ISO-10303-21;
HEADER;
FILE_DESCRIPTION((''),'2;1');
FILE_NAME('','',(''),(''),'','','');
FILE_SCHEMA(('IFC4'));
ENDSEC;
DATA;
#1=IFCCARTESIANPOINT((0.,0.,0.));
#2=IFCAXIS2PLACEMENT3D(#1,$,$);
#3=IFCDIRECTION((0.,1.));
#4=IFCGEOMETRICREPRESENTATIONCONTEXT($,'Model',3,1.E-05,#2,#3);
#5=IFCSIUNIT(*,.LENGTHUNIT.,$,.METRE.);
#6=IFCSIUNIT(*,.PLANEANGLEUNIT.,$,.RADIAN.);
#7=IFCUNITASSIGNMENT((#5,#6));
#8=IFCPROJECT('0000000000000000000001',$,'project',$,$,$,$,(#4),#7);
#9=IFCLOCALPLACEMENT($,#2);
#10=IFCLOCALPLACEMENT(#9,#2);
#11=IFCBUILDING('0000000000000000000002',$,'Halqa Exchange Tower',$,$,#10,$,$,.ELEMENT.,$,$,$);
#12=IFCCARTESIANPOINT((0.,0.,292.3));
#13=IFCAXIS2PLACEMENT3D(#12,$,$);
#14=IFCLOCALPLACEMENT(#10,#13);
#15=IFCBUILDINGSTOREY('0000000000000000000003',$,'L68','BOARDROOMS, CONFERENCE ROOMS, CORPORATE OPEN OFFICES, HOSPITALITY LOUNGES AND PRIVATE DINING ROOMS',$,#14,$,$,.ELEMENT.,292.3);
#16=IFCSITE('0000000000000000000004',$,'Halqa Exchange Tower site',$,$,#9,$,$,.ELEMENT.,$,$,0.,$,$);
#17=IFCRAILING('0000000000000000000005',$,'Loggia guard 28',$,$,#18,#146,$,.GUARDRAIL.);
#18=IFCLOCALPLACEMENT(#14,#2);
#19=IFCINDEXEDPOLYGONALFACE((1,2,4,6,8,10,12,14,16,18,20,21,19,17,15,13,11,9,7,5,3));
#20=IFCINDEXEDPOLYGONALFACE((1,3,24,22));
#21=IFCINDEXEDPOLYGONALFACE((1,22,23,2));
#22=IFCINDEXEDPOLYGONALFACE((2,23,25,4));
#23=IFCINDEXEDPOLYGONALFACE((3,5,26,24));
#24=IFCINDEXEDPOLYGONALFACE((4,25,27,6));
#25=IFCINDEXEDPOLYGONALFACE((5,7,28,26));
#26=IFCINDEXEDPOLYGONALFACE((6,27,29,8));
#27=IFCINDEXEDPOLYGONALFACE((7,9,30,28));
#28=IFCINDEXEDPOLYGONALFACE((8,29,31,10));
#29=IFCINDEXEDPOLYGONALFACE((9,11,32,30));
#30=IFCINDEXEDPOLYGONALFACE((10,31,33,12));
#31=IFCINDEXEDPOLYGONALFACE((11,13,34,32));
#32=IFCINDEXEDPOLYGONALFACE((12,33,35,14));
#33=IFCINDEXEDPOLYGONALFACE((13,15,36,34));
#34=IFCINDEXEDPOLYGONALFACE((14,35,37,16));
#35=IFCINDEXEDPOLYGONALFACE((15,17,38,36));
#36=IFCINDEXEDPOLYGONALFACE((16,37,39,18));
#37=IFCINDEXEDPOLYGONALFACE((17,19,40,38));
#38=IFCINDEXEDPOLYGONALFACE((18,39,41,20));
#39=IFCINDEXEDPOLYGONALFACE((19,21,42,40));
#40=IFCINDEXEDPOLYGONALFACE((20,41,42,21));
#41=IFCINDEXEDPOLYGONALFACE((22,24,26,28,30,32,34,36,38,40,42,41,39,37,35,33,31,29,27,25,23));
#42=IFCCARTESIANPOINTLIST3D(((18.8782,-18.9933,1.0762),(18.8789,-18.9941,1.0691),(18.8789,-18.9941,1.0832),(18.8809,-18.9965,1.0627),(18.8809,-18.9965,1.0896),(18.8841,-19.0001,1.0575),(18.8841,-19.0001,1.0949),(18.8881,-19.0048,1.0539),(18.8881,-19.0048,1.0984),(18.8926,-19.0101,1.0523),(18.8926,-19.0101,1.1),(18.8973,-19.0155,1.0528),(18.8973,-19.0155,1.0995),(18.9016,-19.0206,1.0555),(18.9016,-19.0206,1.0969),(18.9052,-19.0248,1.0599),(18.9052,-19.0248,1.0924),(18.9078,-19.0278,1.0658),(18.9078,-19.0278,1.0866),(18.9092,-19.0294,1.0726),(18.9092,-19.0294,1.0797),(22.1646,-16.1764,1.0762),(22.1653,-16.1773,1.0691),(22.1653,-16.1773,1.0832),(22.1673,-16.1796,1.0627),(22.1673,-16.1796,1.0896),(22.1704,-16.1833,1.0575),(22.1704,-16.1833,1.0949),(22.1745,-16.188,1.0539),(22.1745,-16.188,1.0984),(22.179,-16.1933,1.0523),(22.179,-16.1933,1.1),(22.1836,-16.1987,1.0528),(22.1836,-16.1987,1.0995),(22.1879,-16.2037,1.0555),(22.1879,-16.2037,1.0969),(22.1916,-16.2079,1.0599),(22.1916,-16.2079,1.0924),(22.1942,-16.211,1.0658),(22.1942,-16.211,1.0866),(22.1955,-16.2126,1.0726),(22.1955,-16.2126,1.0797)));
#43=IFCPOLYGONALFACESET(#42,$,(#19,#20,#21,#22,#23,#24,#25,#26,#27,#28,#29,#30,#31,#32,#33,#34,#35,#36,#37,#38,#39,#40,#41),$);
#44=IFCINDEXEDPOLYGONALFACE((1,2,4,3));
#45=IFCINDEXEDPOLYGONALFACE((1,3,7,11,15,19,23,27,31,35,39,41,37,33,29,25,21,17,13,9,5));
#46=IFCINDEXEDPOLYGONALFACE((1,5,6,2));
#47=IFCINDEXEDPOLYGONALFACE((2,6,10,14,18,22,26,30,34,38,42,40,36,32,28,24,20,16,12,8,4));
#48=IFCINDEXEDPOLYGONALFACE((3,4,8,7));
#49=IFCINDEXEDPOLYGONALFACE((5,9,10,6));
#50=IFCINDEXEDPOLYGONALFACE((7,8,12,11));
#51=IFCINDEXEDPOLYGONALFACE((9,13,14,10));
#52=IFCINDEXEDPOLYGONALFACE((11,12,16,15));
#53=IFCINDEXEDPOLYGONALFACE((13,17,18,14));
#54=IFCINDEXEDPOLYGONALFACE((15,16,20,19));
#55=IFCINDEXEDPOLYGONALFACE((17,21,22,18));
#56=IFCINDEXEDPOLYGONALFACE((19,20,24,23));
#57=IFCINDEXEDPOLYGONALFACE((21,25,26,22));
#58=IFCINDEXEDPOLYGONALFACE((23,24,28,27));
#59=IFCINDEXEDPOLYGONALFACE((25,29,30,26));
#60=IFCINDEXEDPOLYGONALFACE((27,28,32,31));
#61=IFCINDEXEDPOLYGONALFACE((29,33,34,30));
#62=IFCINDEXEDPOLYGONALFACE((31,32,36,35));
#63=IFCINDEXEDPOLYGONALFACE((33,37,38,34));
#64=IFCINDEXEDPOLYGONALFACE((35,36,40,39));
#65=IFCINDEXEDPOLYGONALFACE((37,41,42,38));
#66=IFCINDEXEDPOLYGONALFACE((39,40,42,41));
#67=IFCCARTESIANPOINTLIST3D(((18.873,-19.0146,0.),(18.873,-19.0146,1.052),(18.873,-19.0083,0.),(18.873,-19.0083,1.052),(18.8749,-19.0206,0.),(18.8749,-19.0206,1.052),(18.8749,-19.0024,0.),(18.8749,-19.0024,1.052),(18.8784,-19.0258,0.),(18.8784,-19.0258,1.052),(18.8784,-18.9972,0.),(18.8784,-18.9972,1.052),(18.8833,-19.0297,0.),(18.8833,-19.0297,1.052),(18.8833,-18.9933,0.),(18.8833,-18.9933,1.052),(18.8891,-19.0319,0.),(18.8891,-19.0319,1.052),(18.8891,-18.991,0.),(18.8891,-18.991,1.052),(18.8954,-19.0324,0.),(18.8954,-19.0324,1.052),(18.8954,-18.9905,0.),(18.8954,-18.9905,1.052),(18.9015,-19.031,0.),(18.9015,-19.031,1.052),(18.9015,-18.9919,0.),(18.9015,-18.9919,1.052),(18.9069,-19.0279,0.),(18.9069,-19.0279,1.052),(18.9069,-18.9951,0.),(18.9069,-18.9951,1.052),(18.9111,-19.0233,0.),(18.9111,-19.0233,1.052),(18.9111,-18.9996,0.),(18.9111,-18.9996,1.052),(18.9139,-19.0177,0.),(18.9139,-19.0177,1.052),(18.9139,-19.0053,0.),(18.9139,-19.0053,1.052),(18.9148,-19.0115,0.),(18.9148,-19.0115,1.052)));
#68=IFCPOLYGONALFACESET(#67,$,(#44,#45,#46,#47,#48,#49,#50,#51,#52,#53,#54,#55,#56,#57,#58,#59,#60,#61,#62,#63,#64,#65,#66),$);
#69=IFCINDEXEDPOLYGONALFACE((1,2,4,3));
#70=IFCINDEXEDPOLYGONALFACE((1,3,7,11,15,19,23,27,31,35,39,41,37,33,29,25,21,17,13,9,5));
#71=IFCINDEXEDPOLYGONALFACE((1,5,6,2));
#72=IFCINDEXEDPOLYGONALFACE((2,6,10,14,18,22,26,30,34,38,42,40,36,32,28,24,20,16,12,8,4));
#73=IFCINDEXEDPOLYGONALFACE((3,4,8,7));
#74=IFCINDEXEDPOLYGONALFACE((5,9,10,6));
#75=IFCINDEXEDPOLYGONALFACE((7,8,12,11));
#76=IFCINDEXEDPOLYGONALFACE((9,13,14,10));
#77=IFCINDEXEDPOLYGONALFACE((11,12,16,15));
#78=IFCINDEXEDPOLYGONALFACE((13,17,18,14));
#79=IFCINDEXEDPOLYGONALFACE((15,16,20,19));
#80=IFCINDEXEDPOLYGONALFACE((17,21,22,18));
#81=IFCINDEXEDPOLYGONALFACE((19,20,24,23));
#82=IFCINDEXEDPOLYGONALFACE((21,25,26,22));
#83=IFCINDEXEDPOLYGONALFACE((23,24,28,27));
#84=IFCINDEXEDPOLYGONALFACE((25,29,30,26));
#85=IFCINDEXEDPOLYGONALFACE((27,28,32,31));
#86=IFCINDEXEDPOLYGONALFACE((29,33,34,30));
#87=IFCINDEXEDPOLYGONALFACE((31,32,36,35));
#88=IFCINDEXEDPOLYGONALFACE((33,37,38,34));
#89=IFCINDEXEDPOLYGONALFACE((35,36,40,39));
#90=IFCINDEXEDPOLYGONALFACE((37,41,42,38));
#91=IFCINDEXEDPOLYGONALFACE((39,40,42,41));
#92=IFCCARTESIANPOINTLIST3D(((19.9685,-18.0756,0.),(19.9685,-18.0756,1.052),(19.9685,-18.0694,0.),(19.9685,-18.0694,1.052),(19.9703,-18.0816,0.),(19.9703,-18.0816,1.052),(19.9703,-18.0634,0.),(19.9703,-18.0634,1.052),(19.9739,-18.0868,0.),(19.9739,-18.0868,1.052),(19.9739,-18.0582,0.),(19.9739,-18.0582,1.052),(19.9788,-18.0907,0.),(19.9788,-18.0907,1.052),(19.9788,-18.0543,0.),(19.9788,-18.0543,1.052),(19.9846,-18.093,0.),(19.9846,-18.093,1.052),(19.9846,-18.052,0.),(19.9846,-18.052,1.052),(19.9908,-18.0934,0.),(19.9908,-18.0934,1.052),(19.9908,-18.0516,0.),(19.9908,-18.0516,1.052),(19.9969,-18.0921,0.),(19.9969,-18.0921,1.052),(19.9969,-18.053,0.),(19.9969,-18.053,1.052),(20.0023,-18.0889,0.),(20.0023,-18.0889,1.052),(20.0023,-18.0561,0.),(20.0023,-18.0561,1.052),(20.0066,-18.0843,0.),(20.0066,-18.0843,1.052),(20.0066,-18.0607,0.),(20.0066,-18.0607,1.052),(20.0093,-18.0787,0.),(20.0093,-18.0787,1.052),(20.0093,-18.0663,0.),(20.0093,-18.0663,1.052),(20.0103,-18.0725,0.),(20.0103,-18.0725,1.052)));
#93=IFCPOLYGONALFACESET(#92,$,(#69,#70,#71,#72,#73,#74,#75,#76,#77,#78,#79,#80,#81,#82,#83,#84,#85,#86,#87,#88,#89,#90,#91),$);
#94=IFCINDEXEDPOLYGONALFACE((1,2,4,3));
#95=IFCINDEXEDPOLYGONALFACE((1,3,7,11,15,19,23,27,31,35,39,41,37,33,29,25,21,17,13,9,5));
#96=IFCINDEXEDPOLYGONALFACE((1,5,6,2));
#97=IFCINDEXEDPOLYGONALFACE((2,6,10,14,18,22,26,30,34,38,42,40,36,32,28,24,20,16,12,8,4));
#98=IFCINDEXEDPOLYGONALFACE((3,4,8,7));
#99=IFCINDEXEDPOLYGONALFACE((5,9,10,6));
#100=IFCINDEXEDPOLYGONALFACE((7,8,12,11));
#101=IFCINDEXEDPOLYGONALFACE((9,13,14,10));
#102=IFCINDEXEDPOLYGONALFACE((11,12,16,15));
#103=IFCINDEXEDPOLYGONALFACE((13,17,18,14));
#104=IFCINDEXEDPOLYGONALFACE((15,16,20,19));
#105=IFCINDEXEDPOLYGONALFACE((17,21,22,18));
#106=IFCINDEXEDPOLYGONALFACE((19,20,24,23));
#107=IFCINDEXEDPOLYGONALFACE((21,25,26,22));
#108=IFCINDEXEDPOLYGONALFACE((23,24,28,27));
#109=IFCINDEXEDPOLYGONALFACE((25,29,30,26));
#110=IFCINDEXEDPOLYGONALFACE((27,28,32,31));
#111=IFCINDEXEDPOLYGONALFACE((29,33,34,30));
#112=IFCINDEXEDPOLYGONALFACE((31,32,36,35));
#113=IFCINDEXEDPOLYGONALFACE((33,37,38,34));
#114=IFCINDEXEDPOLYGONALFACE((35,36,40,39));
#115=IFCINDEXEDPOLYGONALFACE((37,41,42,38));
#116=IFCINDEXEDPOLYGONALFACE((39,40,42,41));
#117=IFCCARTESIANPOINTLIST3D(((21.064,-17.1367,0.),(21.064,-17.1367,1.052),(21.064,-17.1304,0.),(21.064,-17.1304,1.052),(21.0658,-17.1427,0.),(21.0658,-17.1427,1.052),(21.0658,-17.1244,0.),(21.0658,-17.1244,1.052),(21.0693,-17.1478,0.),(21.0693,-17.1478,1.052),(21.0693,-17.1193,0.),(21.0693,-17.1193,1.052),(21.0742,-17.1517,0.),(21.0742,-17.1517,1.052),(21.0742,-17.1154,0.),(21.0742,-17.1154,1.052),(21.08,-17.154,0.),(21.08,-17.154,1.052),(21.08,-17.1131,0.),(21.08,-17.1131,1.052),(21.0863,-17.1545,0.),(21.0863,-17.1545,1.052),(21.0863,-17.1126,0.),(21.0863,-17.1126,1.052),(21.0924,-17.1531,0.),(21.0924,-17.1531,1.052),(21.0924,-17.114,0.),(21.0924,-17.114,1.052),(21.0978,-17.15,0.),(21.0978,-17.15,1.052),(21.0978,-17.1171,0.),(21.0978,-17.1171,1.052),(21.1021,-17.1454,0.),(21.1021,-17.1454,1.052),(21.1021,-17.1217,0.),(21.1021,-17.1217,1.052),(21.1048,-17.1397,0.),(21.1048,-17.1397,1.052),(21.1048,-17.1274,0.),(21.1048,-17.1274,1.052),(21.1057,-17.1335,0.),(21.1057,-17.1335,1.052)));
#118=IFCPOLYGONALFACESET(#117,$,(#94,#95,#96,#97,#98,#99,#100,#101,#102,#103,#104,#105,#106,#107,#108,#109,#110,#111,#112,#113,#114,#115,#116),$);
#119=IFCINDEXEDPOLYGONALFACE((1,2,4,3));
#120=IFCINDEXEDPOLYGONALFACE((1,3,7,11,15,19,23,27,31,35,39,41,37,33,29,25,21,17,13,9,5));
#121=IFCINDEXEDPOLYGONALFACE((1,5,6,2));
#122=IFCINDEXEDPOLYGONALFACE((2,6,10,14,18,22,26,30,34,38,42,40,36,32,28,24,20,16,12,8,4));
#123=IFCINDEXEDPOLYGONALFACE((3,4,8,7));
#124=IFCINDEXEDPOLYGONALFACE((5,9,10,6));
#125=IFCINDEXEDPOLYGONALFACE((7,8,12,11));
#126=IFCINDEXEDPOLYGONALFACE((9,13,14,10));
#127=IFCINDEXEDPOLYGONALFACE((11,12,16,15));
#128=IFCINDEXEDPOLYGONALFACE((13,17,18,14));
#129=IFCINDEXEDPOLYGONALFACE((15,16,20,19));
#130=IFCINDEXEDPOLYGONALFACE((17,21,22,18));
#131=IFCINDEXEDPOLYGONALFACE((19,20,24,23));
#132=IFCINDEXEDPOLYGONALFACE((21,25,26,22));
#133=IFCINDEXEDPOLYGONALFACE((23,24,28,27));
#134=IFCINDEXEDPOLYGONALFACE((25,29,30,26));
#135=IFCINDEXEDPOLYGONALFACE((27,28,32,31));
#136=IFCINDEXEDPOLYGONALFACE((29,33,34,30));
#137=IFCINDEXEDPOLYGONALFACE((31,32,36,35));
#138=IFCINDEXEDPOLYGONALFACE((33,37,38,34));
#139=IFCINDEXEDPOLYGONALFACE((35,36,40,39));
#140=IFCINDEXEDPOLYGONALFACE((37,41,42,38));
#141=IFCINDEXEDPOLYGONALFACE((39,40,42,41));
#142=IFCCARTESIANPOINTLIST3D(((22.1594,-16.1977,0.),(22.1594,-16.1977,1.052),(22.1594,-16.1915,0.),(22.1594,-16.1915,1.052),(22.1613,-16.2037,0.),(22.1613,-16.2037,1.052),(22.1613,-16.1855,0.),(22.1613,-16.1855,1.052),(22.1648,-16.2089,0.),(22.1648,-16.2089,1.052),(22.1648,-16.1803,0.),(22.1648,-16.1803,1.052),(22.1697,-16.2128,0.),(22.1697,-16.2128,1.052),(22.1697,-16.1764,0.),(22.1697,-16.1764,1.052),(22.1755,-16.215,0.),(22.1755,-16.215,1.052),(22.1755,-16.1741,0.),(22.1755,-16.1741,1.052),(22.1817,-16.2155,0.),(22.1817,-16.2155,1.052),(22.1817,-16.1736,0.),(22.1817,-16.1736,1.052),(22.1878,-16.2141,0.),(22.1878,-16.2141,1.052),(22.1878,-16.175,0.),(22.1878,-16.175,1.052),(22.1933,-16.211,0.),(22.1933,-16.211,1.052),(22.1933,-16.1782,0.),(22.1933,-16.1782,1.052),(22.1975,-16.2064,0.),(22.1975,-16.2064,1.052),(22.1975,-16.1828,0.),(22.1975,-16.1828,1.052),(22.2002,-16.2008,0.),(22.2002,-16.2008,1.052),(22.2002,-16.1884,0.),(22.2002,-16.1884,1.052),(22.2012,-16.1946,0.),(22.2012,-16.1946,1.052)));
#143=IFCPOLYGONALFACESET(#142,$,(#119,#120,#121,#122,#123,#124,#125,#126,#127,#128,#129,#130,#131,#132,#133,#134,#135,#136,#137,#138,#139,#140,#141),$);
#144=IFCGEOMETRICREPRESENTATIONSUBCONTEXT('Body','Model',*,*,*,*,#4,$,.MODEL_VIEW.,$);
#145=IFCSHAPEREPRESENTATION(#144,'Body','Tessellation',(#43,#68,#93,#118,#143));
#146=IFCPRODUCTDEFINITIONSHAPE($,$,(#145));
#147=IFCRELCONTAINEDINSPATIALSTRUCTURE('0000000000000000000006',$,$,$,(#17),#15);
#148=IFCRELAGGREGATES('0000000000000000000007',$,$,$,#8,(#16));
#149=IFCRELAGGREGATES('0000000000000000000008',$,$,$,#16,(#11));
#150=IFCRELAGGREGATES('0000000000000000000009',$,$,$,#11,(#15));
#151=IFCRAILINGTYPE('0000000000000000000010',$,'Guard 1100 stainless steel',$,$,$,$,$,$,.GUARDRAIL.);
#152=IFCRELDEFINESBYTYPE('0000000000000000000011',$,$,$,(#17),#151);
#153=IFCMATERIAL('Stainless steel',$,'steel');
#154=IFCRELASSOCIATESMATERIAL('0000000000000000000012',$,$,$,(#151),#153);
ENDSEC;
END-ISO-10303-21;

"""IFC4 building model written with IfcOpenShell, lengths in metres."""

from ifc_helpers import new_model, si_unit, direction, frame, origin, origin_2d, place, context, subcontext, project, spatial, circle, extrude, material, type_object, element, save


model = new_model("IFC4")

# Units and contexts
model_context = context("Model", 3, precision=1e-05, world=origin(), true_north=direction((0.0, 1.0)))
body_context = subcontext(model_context, "Body", "Model", "MODEL_VIEW")
ifc_project = project(units=[si_unit("LENGTHUNIT", "METRE"), si_unit("PLANEANGLEUNIT", "RADIAN")], contexts=[model_context])

# Site, building, storey
site_placement = place(None, origin())
site = spatial("IfcSite", under=ifc_project, at=site_placement, Name="Halqa Exchange Tower site", CompositionType="ELEMENT", RefElevation=0.0)
building_placement = place(site_placement, origin())
building = spatial("IfcBuilding", under=site, at=building_placement, Name="Halqa Exchange Tower", CompositionType="ELEMENT")
storey_placement = place(building_placement, frame((0.0, 0.0, 292.3)))
storey = spatial("IfcBuildingStorey", under=building, at=storey_placement, Name="L68", Description="BOARDROOMS, CONFERENCE ROOMS, CORPORATE OPEN OFFICES, HOSPITALITY LOUNGES AND PRIVATE DINING ROOMS", CompositionType="ELEMENT", Elevation=292.3)

# Railing
ifc_material_1 = material(Name="Stainless steel", Category="steel")
railing_type = type_object("IfcRailingType", Name="Guard 1100 stainless steel", PredefinedType="GUARDRAIL", material=ifc_material_1)
railing_1_placement = place(storey_placement, frame((18.8938, -19.0115, 0.0)))
element("IfcRailing", 1, at=railing_1_placement, inside=storey, type_object=railing_type, Name="Loggia guard 28", PredefinedType="GUARDRAIL", context=body_context, shape_type="SweptSolid", body=[
    extrude(circle(Radius=0.0239, at=origin_2d()), frame((0.0, 0.0, 1.0762), z_axis=(0.759257, 0.650791, 0.0), x_axis=(-0.650791, 0.759257, 0.0)), (0.0, 0.0, 1.0), 4.3284),
    extrude(circle(Radius=0.021, at=origin_2d()), origin(), (0.0, 0.0, 1.0), 1.052),
    extrude(circle(Radius=0.021, at=origin_2d()), frame((1.0955, 0.939, 0.0)), (0.0, 0.0, 1.0), 1.052),
    extrude(circle(Radius=0.021, at=origin_2d()), frame((2.1909, 1.8779, 0.0)), (0.0, 0.0, 1.0), 1.052),
    extrude(circle(Radius=0.021, at=origin_2d()), frame((3.2864, 2.8169, 0.0)), (0.0, 0.0, 1.0), 1.052),
])

save(model, "model.ifc")
